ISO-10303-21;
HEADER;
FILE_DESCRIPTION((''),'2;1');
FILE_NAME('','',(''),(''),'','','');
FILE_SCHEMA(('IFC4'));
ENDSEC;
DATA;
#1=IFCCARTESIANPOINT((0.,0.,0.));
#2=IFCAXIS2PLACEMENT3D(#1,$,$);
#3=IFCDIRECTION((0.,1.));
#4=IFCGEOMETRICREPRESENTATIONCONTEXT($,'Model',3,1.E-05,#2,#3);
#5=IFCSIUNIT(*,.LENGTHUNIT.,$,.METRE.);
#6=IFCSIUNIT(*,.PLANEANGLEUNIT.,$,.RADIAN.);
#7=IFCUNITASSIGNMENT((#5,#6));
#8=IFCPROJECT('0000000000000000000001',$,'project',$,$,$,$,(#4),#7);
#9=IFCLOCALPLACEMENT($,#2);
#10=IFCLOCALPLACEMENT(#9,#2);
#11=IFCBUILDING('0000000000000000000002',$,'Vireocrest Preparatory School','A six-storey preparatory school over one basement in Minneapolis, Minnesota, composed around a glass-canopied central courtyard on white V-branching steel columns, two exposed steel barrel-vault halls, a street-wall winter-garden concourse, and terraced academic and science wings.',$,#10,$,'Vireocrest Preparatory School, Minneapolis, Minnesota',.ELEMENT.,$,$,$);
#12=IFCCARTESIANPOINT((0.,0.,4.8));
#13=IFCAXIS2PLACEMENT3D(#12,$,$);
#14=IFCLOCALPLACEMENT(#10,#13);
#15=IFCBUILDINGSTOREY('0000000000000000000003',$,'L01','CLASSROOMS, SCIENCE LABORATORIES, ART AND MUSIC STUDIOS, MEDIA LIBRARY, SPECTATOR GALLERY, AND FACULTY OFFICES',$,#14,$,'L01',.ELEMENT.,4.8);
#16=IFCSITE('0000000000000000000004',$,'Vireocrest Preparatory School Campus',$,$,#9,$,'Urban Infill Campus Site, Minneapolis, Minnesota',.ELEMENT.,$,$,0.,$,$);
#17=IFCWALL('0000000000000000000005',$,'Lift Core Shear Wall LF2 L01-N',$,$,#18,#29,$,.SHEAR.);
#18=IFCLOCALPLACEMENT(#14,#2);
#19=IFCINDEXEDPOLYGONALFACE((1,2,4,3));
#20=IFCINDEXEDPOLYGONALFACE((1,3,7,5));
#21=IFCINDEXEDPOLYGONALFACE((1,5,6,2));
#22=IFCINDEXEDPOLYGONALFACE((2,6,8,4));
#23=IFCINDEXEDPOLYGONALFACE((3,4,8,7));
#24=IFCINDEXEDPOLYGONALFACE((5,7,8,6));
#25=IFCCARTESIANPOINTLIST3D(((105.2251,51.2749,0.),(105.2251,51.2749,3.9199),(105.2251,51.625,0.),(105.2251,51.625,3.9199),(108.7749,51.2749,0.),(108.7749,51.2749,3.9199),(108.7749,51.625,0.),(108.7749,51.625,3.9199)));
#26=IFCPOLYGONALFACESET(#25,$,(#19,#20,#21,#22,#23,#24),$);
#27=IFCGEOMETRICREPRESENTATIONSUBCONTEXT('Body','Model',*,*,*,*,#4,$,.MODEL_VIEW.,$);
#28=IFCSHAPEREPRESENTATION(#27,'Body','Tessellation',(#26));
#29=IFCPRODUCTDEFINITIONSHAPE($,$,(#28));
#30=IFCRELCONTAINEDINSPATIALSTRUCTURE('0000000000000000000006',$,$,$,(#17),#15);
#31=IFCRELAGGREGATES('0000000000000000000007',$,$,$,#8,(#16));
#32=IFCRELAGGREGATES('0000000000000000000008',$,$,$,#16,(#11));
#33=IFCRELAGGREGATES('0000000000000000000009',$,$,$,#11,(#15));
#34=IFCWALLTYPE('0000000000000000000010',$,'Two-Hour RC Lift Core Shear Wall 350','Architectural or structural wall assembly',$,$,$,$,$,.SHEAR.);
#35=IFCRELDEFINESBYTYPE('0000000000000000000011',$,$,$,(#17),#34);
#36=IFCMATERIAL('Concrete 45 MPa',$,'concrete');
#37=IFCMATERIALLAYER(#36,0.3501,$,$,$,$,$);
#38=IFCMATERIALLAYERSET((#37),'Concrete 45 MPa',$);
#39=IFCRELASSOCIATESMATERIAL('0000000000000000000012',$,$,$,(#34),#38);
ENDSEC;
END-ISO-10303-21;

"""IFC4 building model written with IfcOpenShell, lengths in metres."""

from ifc_helpers import new_model, si_unit, direction, frame, frame_2d, origin, place, context, subcontext, project, spatial, rectangle, extrude, material, layer, layer_set, type_object, element, save


model = new_model("IFC4")

# Units and contexts
model_context = context("Model", 3, precision=1e-05, world=origin(), true_north=direction((0.0, 1.0)))
body_context = subcontext(model_context, "Body", "Model", "MODEL_VIEW")
ifc_project = project(units=[si_unit("LENGTHUNIT", "METRE"), si_unit("PLANEANGLEUNIT", "RADIAN")], contexts=[model_context])

# Site, building, storey
site_placement = place(None, origin())
site = spatial("IfcSite", under=ifc_project, at=site_placement, Name="Vireocrest Preparatory School Campus", LongName="Urban Infill Campus Site, Minneapolis, Minnesota", CompositionType="ELEMENT", RefElevation=0.0)
building_placement = place(site_placement, origin())
building = spatial("IfcBuilding", under=site, at=building_placement, Name="Vireocrest Preparatory School", Description="A six-storey preparatory school over one basement in Minneapolis, Minnesota, composed around a glass-canopied central courtyard on white V-branching steel columns, two exposed steel barrel-vault halls, a street-wall winter-garden concourse, and terraced academic and science wings.", LongName="Vireocrest Preparatory School, Minneapolis, Minnesota", CompositionType="ELEMENT")
storey_placement = place(building_placement, frame((0.0, 0.0, 4.8)))
storey = spatial("IfcBuildingStorey", under=building, at=storey_placement, Name="L01", Description="CLASSROOMS, SCIENCE LABORATORIES, ART AND MUSIC STUDIOS, MEDIA LIBRARY, SPECTATOR GALLERY, AND FACULTY OFFICES", LongName="L01", CompositionType="ELEMENT", Elevation=4.8)

# Shared definitions
ifc_material_1 = material(Name="Concrete 45 MPa", Category="concrete")

# Wall
ifc_layer_1 = layer(ifc_material_1, 0.3501)
ifc_layer_set_1 = layer_set([ifc_layer_1], Name="Concrete 45 MPa")
wall_type = type_object("IfcWallType", Name="Two-Hour RC Lift Core Shear Wall 350", Description="Architectural or structural wall assembly", PredefinedType="SHEAR", material=ifc_layer_set_1)
wall_placement = place(storey_placement, frame((105.2251, 51.45, 0.0), z_axis=(0.0, 0.0, 1.0), x_axis=(1.0, 0.0, 0.0)))
element("IfcWall", 1, at=wall_placement, inside=storey, type_object=wall_type, Name="Lift Core Shear Wall LF2 L01-N", PredefinedType="SHEAR", context=body_context, shape_type="SweptSolid", body=[
    extrude(rectangle(XDim=3.5498, YDim=0.3501, at=frame_2d((1.7749, 0.0))), origin(), (0.0, 0.0, 1.0), 3.9199),
])

save(model, "model.ifc")
